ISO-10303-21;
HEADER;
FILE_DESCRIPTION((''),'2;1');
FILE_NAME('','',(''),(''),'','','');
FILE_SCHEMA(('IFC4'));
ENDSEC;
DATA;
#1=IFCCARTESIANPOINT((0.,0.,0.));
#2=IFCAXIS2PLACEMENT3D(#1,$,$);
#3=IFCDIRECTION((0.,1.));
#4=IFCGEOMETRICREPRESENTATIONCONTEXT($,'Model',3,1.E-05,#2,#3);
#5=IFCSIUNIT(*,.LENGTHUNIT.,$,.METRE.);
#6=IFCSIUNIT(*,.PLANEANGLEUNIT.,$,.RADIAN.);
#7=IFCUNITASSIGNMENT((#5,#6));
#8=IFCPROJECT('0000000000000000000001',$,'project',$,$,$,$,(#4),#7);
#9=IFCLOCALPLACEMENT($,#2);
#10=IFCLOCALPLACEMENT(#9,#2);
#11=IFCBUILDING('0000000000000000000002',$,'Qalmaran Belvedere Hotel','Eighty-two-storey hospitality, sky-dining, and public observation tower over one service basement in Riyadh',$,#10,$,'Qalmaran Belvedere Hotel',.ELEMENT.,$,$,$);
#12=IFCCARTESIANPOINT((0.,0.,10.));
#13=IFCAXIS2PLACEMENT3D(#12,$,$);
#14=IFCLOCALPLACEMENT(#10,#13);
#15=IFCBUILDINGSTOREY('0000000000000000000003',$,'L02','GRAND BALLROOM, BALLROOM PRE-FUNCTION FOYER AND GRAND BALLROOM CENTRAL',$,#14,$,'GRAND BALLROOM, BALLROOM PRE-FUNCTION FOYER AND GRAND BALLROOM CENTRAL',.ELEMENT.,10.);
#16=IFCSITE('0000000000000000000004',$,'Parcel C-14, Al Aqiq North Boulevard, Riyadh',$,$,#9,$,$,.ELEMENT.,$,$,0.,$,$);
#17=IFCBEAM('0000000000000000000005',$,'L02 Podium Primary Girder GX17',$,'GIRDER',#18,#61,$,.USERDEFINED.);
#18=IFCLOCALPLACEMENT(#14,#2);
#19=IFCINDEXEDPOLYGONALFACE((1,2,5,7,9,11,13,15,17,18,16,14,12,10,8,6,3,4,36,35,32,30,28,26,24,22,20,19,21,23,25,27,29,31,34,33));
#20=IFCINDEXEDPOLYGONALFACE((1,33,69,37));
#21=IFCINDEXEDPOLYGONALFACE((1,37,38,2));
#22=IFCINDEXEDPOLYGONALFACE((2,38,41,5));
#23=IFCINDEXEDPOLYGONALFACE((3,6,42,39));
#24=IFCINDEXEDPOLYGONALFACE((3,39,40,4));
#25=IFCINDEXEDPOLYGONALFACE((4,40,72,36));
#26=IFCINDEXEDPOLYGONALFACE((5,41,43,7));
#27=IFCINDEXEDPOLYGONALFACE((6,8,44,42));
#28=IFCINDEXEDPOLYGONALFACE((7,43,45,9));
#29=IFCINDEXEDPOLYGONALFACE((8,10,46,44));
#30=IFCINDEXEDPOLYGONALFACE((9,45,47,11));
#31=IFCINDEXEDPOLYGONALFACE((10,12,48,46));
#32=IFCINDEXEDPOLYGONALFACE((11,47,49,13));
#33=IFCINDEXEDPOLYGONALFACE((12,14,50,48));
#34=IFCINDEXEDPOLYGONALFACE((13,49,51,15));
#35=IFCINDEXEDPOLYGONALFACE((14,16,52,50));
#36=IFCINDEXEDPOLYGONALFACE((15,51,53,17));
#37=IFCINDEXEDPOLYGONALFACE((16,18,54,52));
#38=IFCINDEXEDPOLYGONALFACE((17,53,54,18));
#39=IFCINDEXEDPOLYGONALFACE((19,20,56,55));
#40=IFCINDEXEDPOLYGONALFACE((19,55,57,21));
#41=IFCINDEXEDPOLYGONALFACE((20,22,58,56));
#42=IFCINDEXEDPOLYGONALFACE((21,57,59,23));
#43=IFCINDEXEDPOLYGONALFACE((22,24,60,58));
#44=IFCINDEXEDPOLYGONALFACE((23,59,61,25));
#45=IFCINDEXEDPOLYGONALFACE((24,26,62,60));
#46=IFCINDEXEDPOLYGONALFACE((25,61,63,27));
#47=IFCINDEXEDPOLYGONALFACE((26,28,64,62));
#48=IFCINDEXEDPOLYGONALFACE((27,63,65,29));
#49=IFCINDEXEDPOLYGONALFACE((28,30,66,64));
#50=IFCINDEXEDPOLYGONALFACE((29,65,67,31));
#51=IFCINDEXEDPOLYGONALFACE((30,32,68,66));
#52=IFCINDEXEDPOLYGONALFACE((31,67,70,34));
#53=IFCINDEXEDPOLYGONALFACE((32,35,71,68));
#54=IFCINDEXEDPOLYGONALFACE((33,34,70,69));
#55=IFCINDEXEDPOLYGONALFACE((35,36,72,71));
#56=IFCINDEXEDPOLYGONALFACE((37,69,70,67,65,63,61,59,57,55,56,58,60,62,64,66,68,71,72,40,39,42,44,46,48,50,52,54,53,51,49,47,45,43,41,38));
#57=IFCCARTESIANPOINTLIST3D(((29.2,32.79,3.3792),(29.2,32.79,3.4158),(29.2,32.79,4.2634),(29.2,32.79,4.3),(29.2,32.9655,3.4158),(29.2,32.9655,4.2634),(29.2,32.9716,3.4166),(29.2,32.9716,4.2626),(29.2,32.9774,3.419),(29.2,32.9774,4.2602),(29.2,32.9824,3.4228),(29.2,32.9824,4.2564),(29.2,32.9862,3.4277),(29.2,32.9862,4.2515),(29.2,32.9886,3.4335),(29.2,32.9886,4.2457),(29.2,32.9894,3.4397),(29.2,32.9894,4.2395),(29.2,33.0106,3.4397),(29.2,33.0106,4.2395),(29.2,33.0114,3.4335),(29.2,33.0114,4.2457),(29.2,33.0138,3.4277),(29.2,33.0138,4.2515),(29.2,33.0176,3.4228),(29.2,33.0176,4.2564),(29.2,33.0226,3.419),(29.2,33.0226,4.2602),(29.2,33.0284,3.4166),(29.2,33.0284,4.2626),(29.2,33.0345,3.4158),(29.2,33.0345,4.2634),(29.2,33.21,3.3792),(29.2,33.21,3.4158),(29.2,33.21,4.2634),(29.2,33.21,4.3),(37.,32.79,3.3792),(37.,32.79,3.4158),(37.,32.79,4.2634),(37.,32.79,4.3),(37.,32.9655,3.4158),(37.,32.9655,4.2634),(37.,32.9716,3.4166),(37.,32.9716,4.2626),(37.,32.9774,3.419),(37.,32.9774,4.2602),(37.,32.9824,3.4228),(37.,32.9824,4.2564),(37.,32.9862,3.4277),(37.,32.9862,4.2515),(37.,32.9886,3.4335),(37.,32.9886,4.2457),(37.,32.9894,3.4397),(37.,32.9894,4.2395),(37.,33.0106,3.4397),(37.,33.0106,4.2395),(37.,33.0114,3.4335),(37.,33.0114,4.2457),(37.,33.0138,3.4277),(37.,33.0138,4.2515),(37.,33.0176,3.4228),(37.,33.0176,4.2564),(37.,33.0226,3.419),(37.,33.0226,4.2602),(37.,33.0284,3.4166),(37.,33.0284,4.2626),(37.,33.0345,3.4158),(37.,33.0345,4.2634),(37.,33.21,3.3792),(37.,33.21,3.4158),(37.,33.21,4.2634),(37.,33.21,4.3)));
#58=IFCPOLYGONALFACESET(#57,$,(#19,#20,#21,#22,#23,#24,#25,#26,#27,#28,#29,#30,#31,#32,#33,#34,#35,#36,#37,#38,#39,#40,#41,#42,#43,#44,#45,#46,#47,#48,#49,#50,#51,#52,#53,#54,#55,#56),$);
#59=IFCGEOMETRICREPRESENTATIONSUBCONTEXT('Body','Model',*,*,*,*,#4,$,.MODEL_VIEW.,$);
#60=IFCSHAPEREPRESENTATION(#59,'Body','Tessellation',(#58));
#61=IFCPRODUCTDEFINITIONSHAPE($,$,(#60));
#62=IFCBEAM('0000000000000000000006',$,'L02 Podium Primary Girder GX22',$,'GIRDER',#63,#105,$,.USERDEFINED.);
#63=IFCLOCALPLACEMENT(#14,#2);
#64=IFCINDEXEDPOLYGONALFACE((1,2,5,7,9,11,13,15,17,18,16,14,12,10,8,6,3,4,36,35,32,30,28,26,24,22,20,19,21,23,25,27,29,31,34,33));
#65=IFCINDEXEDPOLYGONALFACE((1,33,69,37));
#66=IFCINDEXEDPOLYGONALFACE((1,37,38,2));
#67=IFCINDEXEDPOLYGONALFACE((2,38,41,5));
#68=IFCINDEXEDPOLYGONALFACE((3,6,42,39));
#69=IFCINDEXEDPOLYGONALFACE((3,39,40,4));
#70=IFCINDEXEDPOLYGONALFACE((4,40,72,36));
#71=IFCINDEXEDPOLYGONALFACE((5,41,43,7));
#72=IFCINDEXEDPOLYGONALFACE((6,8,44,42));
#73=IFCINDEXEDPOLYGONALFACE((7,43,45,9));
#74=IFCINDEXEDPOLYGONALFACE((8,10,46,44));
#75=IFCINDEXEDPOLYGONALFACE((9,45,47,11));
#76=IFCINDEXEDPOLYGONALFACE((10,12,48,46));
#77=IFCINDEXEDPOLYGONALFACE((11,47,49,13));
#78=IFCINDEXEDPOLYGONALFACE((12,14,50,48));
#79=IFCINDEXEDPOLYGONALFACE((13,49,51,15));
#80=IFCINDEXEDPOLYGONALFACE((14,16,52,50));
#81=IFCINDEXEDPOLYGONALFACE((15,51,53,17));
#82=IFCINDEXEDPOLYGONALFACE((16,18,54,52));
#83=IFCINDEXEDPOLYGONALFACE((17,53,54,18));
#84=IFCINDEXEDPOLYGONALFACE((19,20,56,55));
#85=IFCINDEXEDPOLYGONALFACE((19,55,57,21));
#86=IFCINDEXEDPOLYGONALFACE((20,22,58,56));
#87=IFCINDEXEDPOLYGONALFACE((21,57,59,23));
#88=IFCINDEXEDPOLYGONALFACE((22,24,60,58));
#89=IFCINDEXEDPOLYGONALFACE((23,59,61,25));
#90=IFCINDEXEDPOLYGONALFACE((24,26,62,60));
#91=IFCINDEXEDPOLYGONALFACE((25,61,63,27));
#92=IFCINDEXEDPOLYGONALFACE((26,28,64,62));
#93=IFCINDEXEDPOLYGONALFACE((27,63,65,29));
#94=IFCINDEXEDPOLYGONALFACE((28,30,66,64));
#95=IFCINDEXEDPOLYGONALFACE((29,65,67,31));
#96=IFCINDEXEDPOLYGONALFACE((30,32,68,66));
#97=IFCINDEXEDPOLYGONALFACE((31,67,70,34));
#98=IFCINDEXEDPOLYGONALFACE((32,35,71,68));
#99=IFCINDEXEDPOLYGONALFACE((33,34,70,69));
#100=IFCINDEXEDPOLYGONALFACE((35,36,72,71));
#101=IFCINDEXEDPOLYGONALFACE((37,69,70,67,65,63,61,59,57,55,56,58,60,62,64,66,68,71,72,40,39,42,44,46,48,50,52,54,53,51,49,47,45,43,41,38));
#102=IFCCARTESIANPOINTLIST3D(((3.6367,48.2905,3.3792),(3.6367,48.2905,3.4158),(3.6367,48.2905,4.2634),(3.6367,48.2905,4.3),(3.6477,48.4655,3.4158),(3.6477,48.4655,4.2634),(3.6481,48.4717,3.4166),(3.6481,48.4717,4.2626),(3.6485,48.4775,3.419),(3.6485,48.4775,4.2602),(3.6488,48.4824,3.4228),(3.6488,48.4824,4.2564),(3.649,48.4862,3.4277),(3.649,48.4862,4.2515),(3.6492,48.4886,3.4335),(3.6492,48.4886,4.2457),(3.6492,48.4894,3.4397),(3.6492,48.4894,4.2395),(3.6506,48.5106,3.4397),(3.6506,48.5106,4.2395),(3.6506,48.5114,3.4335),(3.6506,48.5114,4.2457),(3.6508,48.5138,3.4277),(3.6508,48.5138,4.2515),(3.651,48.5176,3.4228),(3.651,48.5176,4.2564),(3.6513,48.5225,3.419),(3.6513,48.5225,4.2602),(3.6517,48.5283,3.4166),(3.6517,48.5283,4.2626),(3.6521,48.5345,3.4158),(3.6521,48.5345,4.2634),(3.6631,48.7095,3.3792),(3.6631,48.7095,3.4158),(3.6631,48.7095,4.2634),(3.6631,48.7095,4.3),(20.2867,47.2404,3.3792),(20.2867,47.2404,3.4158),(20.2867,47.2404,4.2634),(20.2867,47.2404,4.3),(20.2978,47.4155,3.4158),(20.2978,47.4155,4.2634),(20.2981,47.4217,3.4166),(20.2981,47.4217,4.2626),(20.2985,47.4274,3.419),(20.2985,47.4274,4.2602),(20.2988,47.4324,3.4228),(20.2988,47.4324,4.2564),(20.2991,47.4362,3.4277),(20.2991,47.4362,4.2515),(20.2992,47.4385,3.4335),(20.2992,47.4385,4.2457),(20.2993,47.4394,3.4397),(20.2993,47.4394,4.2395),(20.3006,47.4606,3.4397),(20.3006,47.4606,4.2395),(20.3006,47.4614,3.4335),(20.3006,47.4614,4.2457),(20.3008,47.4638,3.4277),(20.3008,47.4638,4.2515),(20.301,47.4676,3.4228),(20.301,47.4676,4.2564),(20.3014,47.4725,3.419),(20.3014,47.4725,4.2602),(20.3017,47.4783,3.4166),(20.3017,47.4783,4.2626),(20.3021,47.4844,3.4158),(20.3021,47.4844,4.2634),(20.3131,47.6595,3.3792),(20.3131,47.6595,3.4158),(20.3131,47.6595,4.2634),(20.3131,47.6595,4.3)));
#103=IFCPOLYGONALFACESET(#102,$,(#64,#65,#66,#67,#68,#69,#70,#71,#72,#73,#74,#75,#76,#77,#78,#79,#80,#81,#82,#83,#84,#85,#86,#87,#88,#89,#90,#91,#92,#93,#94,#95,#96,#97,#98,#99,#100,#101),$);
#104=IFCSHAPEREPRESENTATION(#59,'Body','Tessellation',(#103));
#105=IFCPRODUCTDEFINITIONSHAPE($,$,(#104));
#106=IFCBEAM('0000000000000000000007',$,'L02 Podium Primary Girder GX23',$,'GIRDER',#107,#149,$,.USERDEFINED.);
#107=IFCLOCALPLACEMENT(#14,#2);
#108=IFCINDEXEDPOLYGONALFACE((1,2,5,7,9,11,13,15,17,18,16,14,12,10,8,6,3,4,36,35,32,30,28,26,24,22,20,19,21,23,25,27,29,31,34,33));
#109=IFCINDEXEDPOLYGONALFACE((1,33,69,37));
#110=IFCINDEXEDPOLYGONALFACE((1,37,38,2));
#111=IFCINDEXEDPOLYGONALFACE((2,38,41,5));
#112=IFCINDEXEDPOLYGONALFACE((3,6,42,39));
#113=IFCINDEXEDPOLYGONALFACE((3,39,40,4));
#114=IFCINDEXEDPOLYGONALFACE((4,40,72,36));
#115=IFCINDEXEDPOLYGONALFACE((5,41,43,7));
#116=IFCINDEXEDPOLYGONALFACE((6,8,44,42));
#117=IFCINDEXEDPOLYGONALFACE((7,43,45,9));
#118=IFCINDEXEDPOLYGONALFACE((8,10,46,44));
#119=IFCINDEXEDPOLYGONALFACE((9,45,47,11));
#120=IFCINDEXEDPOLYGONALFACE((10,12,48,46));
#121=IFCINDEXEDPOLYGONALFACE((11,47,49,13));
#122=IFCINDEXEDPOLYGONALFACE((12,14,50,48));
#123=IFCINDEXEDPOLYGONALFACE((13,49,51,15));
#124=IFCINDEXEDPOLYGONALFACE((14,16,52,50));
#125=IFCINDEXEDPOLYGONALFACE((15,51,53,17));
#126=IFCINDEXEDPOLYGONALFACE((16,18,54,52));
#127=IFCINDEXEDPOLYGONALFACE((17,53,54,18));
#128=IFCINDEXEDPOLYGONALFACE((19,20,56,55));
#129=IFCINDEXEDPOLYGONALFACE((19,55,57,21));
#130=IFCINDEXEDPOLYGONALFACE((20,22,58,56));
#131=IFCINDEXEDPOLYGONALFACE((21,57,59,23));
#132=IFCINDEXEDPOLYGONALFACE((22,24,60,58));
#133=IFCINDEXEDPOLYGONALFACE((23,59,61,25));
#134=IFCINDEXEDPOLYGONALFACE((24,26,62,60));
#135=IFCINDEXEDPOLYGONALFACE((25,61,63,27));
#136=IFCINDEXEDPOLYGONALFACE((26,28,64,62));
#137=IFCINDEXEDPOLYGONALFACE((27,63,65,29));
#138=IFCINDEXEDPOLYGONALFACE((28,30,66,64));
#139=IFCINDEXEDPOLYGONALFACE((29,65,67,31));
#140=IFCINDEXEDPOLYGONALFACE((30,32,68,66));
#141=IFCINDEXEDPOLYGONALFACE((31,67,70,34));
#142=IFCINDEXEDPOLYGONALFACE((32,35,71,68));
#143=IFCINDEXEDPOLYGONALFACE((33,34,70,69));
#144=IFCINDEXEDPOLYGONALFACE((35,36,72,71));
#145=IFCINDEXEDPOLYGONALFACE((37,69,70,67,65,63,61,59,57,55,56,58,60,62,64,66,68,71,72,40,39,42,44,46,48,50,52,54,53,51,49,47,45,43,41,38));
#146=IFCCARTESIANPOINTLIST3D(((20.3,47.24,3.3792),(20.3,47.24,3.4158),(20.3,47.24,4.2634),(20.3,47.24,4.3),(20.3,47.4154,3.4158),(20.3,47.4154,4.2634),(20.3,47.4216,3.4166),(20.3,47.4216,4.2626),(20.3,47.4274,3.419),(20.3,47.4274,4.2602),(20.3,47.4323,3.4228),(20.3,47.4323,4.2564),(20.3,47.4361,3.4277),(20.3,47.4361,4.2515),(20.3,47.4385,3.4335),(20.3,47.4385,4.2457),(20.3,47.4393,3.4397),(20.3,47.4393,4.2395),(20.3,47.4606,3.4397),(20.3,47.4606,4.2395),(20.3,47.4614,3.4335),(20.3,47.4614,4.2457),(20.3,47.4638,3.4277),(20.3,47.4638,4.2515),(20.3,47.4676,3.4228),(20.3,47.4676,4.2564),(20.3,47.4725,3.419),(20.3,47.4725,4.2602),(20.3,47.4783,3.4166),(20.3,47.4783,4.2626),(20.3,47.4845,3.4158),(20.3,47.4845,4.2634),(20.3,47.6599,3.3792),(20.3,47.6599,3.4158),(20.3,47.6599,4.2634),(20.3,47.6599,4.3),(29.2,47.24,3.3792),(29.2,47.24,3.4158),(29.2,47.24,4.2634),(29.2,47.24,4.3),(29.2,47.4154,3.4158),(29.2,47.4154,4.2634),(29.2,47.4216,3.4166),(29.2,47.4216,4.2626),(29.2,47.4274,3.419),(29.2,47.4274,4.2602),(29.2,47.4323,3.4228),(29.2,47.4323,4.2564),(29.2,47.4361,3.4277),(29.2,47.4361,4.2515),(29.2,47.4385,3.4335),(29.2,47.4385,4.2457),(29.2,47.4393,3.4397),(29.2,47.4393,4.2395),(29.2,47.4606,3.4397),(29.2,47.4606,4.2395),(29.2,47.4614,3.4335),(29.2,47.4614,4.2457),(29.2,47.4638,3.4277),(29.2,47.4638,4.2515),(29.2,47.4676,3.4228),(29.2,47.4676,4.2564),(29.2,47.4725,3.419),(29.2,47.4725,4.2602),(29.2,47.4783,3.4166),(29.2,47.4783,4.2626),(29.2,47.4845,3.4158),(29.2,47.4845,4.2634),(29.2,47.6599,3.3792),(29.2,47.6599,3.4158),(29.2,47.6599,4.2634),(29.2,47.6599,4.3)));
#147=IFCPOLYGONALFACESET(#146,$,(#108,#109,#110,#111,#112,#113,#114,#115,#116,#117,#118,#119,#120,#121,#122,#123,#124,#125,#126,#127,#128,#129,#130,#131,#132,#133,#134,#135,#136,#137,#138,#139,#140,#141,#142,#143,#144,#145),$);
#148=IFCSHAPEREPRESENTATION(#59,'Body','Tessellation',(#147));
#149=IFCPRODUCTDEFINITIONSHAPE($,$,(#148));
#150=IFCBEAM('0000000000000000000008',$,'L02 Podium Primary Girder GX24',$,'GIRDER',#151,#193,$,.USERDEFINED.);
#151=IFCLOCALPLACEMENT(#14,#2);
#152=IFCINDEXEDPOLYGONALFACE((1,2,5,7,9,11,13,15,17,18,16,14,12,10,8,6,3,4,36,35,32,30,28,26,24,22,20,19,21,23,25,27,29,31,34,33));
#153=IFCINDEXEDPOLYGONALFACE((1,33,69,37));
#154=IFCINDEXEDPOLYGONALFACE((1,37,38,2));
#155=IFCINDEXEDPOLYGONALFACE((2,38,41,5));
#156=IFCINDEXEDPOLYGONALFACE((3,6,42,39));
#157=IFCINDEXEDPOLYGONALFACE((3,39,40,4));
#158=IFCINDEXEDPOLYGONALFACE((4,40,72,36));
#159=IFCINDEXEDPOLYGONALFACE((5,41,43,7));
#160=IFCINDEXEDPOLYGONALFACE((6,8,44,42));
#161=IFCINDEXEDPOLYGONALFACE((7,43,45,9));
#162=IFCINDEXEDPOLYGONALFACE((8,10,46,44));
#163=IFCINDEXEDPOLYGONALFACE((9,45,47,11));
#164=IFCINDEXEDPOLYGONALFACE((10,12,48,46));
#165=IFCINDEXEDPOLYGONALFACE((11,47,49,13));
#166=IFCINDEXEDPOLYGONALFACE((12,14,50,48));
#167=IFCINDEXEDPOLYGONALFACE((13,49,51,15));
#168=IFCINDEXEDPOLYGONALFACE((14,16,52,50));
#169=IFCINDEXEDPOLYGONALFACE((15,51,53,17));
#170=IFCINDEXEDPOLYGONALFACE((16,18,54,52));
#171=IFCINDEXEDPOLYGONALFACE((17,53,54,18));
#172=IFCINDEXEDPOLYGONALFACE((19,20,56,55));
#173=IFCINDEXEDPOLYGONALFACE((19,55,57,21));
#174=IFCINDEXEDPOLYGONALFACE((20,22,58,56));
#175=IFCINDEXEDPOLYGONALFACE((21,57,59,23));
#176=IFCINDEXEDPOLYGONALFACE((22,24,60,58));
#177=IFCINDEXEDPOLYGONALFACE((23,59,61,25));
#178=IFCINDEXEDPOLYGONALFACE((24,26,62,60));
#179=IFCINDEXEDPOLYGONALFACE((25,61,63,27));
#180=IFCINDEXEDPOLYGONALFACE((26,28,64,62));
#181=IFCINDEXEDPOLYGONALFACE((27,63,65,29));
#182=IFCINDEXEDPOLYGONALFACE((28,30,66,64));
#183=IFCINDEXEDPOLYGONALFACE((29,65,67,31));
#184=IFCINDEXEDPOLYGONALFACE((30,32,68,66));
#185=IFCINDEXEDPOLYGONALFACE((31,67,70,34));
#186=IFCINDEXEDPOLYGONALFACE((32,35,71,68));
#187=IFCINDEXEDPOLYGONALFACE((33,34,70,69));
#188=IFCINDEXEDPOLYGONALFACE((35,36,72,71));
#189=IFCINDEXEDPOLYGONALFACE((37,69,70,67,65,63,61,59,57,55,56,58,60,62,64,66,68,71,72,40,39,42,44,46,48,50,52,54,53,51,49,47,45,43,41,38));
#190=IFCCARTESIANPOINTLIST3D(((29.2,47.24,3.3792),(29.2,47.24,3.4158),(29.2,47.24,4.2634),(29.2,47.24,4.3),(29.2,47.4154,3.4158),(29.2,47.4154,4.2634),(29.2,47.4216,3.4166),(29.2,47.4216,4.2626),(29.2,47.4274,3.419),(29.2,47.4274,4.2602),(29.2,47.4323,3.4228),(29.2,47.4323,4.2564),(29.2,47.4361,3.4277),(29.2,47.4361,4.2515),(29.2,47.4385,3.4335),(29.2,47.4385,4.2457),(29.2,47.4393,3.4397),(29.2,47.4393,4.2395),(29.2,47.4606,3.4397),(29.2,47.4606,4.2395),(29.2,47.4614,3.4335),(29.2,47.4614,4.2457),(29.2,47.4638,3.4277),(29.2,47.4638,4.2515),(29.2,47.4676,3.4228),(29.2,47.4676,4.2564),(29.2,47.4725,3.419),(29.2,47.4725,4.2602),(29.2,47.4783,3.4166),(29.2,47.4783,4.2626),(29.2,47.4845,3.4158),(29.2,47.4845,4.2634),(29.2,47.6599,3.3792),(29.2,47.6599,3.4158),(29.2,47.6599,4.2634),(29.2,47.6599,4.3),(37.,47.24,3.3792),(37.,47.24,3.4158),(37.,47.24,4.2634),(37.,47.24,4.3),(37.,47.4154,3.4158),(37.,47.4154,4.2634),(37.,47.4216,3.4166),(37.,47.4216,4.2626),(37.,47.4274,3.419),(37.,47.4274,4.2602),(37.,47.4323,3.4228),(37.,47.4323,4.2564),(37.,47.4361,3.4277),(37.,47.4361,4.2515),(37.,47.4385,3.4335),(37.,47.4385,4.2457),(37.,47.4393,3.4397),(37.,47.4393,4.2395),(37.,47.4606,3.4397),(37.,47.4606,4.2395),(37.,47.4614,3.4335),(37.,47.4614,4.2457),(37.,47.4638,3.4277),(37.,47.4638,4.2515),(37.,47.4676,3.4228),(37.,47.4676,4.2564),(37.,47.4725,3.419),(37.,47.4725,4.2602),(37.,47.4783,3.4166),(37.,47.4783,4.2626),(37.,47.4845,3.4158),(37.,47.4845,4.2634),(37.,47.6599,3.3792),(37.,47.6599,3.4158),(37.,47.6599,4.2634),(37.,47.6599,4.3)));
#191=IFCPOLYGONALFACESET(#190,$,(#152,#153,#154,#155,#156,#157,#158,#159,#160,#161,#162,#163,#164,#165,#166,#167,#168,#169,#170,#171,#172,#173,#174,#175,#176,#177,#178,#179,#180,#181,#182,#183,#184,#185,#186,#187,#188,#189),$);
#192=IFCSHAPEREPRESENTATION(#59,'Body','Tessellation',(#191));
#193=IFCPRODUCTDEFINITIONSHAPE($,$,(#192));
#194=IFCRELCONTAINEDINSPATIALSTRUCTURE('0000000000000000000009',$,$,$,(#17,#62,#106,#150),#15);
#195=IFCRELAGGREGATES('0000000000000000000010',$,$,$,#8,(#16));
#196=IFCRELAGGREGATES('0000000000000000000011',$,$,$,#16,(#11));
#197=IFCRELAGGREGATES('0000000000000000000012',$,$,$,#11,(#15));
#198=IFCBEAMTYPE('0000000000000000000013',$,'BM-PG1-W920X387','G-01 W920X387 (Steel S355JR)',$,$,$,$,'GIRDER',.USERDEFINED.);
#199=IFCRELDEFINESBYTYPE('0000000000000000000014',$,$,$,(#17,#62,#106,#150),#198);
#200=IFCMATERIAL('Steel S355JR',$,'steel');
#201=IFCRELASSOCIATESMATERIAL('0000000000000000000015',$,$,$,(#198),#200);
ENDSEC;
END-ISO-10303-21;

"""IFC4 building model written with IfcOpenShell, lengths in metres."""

from ifc_helpers import new_model, si_unit, direction, frame, origin, origin_2d, place, context, subcontext, project, spatial, i_section, extrude, material, material_profile, profile_set, type_object, element, save


model = new_model("IFC4")

# Units and contexts
model_context = context("Model", 3, precision=1e-05, world=origin(), true_north=direction((0.0, 1.0)))
body_context = subcontext(model_context, "Body", "Model", "MODEL_VIEW")
ifc_project = project(units=[si_unit("LENGTHUNIT", "METRE"), si_unit("PLANEANGLEUNIT", "RADIAN")], contexts=[model_context])

# Site, building, storey
site_placement = place(None, origin())
site = spatial("IfcSite", under=ifc_project, at=site_placement, Name="Parcel C-14, Al Aqiq North Boulevard, Riyadh", CompositionType="ELEMENT", RefElevation=0.0)
building_placement = place(site_placement, origin())
building = spatial("IfcBuilding", under=site, at=building_placement, Name="Qalmaran Belvedere Hotel", Description="Eighty-two-storey hospitality, sky-dining, and public observation tower over one service basement in Riyadh", LongName="Qalmaran Belvedere Hotel", CompositionType="ELEMENT")
storey_placement = place(building_placement, frame((0.0, 0.0, 10.0)))
storey = spatial("IfcBuildingStorey", under=building, at=storey_placement, Name="L02", Description="GRAND BALLROOM, BALLROOM PRE-FUNCTION FOYER AND GRAND BALLROOM CENTRAL", LongName="GRAND BALLROOM, BALLROOM PRE-FUNCTION FOYER AND GRAND BALLROOM CENTRAL", CompositionType="ELEMENT", Elevation=10.0)

# Beams
ifc_material_1 = material(Name="Steel S355JR", Category="steel")
ifc_material_profile_1 = material_profile(ifc_material_1, i_section(OverallWidth=0.4199, OverallDepth=0.9209, WebThickness=0.0212, FlangeThickness=0.0366, FilletRadius=0.0239, at=origin_2d()), Name="W920X387")
ifc_profile_set_1 = profile_set([ifc_material_profile_1], Name="Steel S355JR")
beam_type_1 = type_object("IfcBeamType", Name="BM-PG1-W920X387", Description="G-01 W920X387 (Steel S355JR)", ElementType="GIRDER", PredefinedType="USERDEFINED", material=ifc_profile_set_1)
beam_1_placement = place(storey_placement, frame((29.2, 33.0, 3.8396), z_axis=(1.0, 0.0, 0.0), x_axis=(0.0, 1.0, 0.0)))
element("IfcBeam", 1, at=beam_1_placement, inside=storey, type_object=beam_type_1, Name="L02 Podium Primary Girder GX17", ObjectType="GIRDER", PredefinedType="USERDEFINED", context=body_context, shape_type="SweptSolid", body=[
    extrude(i_section(OverallWidth=0.4199, OverallDepth=0.9209, WebThickness=0.0212, FlangeThickness=0.0366, FilletRadius=0.0239, at=origin_2d()), origin(), (0.0, 0.0, 1.0), 7.8),
])
beam_2_placement = place(storey_placement, frame((3.6499, 48.5, 3.8396), z_axis=(0.998017, -0.06294, 0.0), x_axis=(0.06294, 0.998017, 0.0)))
element("IfcBeam", 2, at=beam_2_placement, inside=storey, type_object=beam_type_1, Name="L02 Podium Primary Girder GX22", ObjectType="GIRDER", PredefinedType="USERDEFINED", context=body_context, shape_type="SweptSolid", body=[
    extrude(i_section(OverallWidth=0.4199, OverallDepth=0.9209, WebThickness=0.0212, FlangeThickness=0.0366, FilletRadius=0.0239, at=origin_2d()), origin(), (0.0, 0.0, 1.0), 16.6831),
])
beam_3_placement = place(storey_placement, frame((20.3, 47.45, 3.8396), z_axis=(1.0, 0.0, 0.0), x_axis=(0.0, 1.0, 0.0)))
element("IfcBeam", 3, at=beam_3_placement, inside=storey, type_object=beam_type_1, Name="L02 Podium Primary Girder GX23", ObjectType="GIRDER", PredefinedType="USERDEFINED", context=body_context, shape_type="SweptSolid", body=[
    extrude(i_section(OverallWidth=0.4199, OverallDepth=0.9209, WebThickness=0.0212, FlangeThickness=0.0366, FilletRadius=0.0239, at=origin_2d()), origin(), (0.0, 0.0, 1.0), 8.8999),
])
beam_4_placement = place(storey_placement, frame((29.2, 47.45, 3.8396), z_axis=(1.0, 0.0, 0.0), x_axis=(0.0, 1.0, 0.0)))
element("IfcBeam", 4, at=beam_4_placement, inside=storey, type_object=beam_type_1, Name="L02 Podium Primary Girder GX24", ObjectType="GIRDER", PredefinedType="USERDEFINED", context=body_context, shape_type="SweptSolid", body=[
    extrude(i_section(OverallWidth=0.4199, OverallDepth=0.9209, WebThickness=0.0212, FlangeThickness=0.0366, FilletRadius=0.0239, at=origin_2d()), origin(), (0.0, 0.0, 1.0), 7.8),
])

save(model, "model.ifc")
